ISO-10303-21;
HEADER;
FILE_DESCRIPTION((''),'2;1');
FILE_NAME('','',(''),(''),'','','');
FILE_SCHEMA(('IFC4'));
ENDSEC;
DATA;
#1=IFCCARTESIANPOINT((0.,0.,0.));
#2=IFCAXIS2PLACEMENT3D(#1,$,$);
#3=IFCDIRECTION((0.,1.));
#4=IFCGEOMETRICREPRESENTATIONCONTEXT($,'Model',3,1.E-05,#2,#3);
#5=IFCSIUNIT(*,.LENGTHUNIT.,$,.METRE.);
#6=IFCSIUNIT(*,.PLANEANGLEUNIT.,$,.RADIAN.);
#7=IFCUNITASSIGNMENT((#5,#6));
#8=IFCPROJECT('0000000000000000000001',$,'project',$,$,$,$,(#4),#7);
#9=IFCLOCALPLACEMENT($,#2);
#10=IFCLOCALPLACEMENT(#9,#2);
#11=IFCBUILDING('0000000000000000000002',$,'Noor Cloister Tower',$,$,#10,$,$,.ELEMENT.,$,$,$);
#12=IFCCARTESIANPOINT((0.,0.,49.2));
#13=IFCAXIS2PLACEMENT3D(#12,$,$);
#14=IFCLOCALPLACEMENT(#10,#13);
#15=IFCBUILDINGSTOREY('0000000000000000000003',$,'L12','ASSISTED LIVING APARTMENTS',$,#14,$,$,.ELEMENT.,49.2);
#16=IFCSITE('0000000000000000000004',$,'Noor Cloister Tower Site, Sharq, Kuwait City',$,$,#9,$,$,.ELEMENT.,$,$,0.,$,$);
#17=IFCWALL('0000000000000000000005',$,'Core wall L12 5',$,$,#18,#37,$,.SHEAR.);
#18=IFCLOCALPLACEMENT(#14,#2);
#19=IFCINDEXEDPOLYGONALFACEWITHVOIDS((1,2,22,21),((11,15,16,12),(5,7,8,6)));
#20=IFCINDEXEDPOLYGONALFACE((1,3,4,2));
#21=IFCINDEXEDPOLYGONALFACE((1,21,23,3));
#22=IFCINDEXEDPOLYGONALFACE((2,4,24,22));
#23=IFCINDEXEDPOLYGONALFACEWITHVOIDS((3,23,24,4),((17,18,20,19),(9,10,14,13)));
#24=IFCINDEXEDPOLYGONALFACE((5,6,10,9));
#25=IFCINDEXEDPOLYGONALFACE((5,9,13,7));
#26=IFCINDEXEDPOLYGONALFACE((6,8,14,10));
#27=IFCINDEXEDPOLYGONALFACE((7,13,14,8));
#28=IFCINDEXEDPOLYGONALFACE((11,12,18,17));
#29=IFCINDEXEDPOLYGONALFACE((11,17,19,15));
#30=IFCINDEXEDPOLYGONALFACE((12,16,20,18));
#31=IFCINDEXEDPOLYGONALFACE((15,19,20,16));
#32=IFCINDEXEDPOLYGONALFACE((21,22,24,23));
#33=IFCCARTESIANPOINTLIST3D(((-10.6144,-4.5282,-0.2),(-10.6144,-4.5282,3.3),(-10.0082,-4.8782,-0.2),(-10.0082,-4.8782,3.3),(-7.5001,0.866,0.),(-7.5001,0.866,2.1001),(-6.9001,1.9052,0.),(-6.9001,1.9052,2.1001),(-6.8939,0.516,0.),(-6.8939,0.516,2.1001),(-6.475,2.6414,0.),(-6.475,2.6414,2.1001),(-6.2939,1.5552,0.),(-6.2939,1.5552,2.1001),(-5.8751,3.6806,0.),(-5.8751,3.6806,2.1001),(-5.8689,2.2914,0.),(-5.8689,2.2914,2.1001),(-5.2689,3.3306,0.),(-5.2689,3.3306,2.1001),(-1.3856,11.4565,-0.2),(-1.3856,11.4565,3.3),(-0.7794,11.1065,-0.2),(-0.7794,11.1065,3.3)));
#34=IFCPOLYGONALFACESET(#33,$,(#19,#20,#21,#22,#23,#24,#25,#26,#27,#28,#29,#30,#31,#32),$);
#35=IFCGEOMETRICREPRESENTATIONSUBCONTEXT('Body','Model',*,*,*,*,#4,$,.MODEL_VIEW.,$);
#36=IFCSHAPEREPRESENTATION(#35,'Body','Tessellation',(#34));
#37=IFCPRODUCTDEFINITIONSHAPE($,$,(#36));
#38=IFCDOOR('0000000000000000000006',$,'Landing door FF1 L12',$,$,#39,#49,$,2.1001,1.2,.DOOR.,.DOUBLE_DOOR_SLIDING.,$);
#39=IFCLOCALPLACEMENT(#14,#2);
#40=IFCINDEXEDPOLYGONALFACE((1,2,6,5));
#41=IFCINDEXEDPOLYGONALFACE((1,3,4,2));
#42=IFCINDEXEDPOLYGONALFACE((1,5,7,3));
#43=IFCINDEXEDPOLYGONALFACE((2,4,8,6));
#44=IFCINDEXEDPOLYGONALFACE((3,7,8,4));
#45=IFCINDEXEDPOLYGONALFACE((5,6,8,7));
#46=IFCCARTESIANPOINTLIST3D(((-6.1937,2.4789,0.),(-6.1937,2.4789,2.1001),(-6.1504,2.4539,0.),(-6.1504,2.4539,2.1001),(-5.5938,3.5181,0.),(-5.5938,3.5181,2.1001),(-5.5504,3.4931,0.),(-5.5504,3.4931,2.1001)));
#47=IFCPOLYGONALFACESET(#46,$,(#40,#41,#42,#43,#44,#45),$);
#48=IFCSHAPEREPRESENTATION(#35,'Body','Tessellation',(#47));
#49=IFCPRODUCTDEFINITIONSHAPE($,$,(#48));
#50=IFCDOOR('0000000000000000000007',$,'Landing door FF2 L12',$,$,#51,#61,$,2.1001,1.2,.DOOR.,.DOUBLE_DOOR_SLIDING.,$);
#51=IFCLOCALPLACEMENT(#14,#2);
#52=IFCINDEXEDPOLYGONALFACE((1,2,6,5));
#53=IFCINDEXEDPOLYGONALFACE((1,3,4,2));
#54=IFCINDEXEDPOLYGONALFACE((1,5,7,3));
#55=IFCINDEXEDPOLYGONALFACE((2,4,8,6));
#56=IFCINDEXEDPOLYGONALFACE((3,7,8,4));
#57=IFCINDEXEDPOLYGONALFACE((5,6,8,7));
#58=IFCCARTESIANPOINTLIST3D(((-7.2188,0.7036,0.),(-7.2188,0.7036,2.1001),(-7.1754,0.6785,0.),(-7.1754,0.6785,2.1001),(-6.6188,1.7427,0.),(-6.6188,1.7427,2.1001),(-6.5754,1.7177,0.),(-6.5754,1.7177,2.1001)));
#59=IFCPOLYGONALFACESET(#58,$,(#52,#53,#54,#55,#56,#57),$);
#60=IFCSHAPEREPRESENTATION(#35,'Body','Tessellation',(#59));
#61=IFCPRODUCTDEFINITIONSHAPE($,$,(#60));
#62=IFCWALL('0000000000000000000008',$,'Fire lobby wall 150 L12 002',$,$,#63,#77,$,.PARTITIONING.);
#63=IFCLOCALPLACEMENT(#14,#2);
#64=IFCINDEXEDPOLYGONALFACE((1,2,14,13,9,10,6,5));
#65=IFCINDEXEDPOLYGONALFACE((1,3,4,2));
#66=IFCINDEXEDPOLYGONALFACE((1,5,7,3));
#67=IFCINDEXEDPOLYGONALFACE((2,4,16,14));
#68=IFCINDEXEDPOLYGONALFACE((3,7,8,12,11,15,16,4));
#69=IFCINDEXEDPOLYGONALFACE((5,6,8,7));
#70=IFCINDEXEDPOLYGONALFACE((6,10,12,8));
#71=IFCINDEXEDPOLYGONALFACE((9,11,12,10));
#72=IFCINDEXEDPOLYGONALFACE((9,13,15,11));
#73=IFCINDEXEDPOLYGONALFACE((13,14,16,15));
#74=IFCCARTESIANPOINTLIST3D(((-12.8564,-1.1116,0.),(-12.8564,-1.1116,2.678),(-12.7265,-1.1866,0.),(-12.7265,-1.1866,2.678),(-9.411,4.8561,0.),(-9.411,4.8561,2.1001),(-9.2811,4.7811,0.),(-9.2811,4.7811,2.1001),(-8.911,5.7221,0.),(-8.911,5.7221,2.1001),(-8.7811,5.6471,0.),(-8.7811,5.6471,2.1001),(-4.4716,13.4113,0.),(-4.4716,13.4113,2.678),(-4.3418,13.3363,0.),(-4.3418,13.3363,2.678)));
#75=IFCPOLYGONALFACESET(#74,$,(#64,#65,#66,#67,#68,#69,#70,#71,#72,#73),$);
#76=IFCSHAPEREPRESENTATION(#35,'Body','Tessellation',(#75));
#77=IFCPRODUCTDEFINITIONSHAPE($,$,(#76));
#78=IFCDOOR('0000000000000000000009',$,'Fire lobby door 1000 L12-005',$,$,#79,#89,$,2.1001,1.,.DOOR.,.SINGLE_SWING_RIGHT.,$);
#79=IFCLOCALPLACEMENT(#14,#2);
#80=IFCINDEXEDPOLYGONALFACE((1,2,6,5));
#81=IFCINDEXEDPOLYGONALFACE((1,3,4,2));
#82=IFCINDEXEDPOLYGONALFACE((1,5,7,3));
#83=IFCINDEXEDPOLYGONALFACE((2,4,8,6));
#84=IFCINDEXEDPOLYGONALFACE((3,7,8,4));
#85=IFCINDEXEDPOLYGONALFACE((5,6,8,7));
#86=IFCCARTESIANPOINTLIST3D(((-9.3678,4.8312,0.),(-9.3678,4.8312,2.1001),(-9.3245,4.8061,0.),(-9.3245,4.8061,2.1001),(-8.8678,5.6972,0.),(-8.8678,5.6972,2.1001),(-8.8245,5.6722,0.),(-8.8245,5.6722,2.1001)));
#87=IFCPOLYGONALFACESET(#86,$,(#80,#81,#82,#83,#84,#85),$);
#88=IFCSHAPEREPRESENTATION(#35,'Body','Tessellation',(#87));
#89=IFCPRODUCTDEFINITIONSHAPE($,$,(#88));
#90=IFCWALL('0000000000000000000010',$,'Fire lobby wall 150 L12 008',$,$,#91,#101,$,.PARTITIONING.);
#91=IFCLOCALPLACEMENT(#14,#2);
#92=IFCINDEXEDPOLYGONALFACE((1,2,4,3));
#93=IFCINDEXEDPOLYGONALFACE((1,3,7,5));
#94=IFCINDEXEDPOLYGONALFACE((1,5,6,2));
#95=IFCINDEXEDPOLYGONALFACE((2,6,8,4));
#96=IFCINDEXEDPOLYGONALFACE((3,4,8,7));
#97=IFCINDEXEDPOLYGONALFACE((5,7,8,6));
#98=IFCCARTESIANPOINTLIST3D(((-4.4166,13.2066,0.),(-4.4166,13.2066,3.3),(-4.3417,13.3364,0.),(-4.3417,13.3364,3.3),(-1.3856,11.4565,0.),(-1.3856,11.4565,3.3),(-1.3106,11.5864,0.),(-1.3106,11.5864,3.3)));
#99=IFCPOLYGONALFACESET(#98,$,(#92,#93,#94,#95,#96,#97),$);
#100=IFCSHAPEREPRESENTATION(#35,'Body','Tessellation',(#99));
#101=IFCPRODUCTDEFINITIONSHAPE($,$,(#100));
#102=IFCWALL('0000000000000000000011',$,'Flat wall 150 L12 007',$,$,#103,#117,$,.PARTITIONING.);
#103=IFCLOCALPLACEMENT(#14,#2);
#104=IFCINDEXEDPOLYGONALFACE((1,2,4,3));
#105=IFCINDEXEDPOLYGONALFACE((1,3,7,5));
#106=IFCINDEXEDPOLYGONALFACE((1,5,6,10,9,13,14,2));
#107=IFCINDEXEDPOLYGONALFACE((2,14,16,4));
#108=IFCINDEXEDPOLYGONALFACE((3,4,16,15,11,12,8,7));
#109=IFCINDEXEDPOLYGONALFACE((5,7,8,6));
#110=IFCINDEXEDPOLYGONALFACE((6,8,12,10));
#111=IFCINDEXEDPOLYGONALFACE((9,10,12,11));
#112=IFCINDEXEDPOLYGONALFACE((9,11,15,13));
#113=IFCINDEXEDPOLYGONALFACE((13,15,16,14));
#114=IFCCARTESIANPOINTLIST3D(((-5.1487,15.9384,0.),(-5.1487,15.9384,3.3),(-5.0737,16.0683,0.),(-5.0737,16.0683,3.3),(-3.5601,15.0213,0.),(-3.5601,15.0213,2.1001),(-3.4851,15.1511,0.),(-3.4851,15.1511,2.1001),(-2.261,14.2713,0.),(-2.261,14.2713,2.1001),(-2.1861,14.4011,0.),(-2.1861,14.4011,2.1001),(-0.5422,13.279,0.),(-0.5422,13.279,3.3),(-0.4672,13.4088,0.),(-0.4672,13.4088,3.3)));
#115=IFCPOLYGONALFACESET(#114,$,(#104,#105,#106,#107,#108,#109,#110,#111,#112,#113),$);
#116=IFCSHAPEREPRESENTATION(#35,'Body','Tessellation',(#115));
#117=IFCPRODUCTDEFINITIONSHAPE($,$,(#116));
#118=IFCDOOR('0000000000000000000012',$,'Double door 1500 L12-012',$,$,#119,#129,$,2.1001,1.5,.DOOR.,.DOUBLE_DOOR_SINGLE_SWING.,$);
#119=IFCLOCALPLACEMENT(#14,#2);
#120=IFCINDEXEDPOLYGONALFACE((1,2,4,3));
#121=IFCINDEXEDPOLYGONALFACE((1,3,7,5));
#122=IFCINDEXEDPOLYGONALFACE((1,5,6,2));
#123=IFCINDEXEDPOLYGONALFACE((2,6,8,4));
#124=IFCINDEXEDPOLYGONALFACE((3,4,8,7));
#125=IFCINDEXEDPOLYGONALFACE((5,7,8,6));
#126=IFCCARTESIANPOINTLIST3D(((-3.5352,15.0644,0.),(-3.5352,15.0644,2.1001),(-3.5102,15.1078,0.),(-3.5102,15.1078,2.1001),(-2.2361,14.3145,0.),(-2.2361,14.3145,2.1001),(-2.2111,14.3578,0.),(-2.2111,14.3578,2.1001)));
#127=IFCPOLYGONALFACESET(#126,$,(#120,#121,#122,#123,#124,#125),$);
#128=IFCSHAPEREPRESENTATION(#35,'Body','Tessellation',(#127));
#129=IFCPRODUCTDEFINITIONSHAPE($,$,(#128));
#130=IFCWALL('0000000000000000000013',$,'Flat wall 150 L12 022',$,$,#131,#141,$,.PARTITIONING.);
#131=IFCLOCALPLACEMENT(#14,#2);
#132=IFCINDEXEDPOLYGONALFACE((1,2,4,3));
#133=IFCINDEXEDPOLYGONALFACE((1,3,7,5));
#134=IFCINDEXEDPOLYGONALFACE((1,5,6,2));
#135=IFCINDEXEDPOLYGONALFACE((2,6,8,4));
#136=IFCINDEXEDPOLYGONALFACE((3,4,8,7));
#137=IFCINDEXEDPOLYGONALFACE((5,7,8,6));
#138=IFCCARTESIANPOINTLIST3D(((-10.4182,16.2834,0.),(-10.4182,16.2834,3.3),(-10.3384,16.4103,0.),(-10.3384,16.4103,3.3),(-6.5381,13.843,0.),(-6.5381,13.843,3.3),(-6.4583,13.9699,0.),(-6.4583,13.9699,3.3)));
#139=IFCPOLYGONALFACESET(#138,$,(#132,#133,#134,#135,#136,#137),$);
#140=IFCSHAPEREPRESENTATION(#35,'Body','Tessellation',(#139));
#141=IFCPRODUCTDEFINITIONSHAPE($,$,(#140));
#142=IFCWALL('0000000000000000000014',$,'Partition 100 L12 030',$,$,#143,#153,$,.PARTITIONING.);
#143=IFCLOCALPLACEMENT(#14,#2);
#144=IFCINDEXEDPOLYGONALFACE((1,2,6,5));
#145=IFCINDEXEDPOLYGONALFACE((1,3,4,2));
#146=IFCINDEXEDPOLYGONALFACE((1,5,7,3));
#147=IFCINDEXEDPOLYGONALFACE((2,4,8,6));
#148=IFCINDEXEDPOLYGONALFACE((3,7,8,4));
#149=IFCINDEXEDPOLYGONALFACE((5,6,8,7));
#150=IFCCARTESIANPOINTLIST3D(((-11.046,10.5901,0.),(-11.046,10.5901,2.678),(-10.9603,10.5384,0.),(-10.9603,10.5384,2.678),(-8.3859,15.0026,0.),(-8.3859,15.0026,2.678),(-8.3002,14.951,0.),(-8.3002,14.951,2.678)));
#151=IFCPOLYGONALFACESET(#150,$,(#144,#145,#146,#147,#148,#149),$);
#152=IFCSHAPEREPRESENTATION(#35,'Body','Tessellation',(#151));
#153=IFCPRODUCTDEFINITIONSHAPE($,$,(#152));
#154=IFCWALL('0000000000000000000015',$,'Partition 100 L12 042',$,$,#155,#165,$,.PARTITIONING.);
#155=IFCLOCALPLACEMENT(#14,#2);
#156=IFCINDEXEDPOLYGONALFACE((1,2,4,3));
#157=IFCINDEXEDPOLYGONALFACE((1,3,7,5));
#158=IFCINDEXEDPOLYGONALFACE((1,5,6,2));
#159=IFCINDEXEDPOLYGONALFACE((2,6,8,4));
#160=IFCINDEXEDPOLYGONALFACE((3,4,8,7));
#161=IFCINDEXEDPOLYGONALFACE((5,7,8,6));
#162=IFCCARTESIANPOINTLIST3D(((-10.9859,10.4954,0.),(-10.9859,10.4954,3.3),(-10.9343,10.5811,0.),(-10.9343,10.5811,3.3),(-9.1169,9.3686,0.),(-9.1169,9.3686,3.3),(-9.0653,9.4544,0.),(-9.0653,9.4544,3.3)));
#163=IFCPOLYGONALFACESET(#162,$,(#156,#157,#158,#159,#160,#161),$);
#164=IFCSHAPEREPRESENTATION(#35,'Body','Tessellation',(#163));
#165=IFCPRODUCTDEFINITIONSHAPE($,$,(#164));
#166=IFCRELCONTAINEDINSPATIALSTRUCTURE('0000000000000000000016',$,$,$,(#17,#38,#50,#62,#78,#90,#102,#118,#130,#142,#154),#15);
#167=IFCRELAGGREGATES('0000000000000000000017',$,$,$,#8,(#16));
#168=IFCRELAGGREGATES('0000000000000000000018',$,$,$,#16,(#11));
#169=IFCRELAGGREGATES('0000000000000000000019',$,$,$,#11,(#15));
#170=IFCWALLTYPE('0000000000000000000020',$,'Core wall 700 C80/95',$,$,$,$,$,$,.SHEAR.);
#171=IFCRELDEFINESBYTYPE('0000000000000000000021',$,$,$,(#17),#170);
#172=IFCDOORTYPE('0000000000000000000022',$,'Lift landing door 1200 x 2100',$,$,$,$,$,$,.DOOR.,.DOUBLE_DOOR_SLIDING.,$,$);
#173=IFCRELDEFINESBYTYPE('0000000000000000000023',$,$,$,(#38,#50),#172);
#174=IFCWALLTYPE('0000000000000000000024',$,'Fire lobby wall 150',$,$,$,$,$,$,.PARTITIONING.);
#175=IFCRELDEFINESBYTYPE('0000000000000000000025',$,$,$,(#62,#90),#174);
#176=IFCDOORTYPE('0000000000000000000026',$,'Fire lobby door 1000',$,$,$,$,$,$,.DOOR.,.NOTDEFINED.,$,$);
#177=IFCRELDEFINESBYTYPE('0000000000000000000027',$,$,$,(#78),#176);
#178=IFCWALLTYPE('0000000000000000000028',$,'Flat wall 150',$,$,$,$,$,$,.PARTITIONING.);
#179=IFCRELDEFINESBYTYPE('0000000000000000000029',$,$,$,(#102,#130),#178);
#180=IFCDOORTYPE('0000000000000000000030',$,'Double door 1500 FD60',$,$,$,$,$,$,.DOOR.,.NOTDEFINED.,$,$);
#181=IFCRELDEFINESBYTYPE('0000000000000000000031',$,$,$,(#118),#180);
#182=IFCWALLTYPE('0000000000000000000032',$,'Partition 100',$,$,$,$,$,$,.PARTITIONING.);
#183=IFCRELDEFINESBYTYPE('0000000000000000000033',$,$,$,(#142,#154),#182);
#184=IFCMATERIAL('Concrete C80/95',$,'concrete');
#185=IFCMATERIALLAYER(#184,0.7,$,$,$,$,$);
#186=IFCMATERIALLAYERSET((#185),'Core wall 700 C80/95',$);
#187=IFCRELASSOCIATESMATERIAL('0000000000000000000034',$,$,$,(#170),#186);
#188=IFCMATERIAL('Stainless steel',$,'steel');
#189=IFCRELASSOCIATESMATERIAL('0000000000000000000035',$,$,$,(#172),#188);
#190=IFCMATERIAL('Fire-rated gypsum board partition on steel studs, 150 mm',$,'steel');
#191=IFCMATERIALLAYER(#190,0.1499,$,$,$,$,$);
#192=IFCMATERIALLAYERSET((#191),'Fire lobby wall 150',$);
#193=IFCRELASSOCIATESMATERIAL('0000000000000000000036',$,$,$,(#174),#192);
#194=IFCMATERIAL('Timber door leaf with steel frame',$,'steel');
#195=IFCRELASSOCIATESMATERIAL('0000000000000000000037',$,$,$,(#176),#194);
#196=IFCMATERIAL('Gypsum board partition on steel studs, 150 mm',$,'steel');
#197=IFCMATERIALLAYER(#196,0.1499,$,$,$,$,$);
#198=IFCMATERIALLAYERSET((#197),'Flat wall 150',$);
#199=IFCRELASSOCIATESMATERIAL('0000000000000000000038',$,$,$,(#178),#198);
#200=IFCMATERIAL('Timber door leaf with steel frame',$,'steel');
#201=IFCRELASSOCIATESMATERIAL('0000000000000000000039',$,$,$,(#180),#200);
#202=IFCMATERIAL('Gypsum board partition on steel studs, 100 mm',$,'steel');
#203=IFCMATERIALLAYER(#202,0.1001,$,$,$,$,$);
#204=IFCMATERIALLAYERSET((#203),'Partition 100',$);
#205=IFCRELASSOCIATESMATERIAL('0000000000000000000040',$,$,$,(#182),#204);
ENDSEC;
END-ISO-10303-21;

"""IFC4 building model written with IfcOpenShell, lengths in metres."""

from ifc_helpers import new_model, si_unit, direction, frame, frame_2d, origin, place, context, subcontext, project, spatial, rectangle, extrude, material, layer, layer_set, type_object, element, fill, save


model = new_model("IFC4")

# Units and contexts
model_context = context("Model", 3, precision=1e-05, world=origin(), true_north=direction((0.0, 1.0)))
body_context = subcontext(model_context, "Body", "Model", "MODEL_VIEW")
ifc_project = project(units=[si_unit("LENGTHUNIT", "METRE"), si_unit("PLANEANGLEUNIT", "RADIAN")], contexts=[model_context])

# Site, building, storey
site_placement = place(None, origin())
site = spatial("IfcSite", under=ifc_project, at=site_placement, Name="Noor Cloister Tower Site, Sharq, Kuwait City", CompositionType="ELEMENT", RefElevation=0.0)
building_placement = place(site_placement, origin())
building = spatial("IfcBuilding", under=site, at=building_placement, Name="Noor Cloister Tower", CompositionType="ELEMENT")
storey_placement = place(building_placement, frame((0.0, 0.0, 49.2)))
storey = spatial("IfcBuildingStorey", under=building, at=storey_placement, Name="L12", Description="ASSISTED LIVING APARTMENTS", CompositionType="ELEMENT", Elevation=49.2)

# Wall, openings, doors
ifc_material_1 = material(Name="Concrete C80/95", Category="concrete")
ifc_layer_1 = layer(ifc_material_1, 0.7)
ifc_layer_set_1 = layer_set([ifc_layer_1], Name="Core wall 700 C80/95")
wall_type_1 = type_object("IfcWallType", Name="Core wall 700 C80/95", PredefinedType="SHEAR", material=ifc_layer_set_1)
wall_1_placement = place(storey_placement, frame((-1.0825, 11.2815, -0.2), z_axis=(0.0, 0.0, 1.0), x_axis=(-0.500001, -0.866025, 0.0)))
wall_1 = element("IfcWall", 1, at=wall_1_placement, inside=storey, type_object=wall_type_1, Name="Core wall L12 5", PredefinedType="SHEAR", context=body_context, shape_type="SweptSolid", body=[
    extrude(rectangle(XDim=18.4575, YDim=0.7, at=frame_2d((9.2288, 0.0))), origin(), (0.0, 0.0, 1.0), 3.5),
])
opening_1_placement = place(wall_1_placement, frame((8.9788, 0.0, 0.2)))
opening_1 = element("IfcOpeningElement", 2, at=opening_1_placement, cuts=wall_1, PredefinedType="OPENING", context=body_context, shape_type="SweptSolid", body=[
    extrude(rectangle(XDim=1.2, YDim=2.1001, at=frame_2d((0.6001, 1.05))), frame((0.0, 0.3599, 0.0), z_axis=(0.0, -1.0, 0.0), x_axis=(1.0, 0.0, 0.0)), (0.0, 0.0, 1.0), 0.72),
])
opening_2_placement = place(wall_1_placement, frame((11.0288, 0.0, 0.2)))
opening_2 = element("IfcOpeningElement", 3, at=opening_2_placement, cuts=wall_1, PredefinedType="OPENING", context=body_context, shape_type="SweptSolid", body=[
    extrude(rectangle(XDim=1.2, YDim=2.1001, at=frame_2d((0.6001, 1.05))), frame((0.0, 0.3599, 0.0), z_axis=(0.0, -1.0, 0.0), x_axis=(1.0, 0.0, 0.0)), (0.0, 0.0, 1.0), 0.72),
])
ifc_material_2 = material(Name="Stainless steel", Category="steel")
door_type_1 = type_object("IfcDoorType", Name="Lift landing door 1200 x 2100", OperationType="DOUBLE_DOOR_SLIDING", PredefinedType="DOOR", material=ifc_material_2)
door_1_placement = place(opening_1_placement, origin())
door_1 = element("IfcDoor", 4, at=door_1_placement, inside=storey, type_object=door_type_1, Name="Landing door FF1 L12", OperationType="DOUBLE_DOOR_SLIDING", OverallHeight=2.1001, OverallWidth=1.2, PredefinedType="DOOR", context=body_context, shape_type="SweptSolid", body=[
    extrude(rectangle(XDim=1.2, YDim=2.1001, at=frame_2d((0.6001, 1.05))), frame((0.0, 0.0249, 0.0), z_axis=(0.0, -1.0, 0.0), x_axis=(1.0, 0.0, 0.0)), (0.0, 0.0, 1.0), 0.05),
])
fill(opening_1, door_1)
door_2_placement = place(opening_2_placement, origin())
door_2 = element("IfcDoor", 5, at=door_2_placement, inside=storey, type_object=door_type_1, Name="Landing door FF2 L12", OperationType="DOUBLE_DOOR_SLIDING", OverallHeight=2.1001, OverallWidth=1.2, PredefinedType="DOOR", context=body_context, shape_type="SweptSolid", body=[
    extrude(rectangle(XDim=1.2, YDim=2.1001, at=frame_2d((0.6001, 1.05))), frame((0.0, 0.0249, 0.0), z_axis=(0.0, -1.0, 0.0), x_axis=(1.0, 0.0, 0.0)), (0.0, 0.0, 1.0), 0.05),
])
fill(opening_2, door_2)

# Wall, opening, door
ifc_material_3 = material(Name="Fire-rated gypsum board partition on steel studs, 150 mm", Category="steel")
ifc_layer_2 = layer(ifc_material_3, 0.1499)
ifc_layer_set_2 = layer_set([ifc_layer_2], Name="Fire lobby wall 150")
wall_type_2 = type_object("IfcWallType", Name="Fire lobby wall 150", PredefinedType="PARTITIONING", material=ifc_layer_set_2)
wall_2_placement = place(storey_placement, frame((-4.4067, 13.3738, 0.0), z_axis=(0.0, 0.0, 1.0), x_axis=(-0.499997, -0.866027, 0.0)))
wall_2 = element("IfcWall", 6, at=wall_2_placement, inside=storey, type_object=wall_type_2, Name="Fire lobby wall 150 L12 002", PredefinedType="PARTITIONING", context=body_context, shape_type="SweptSolid", body=[
    extrude(rectangle(XDim=16.7695, YDim=0.1499, at=frame_2d((8.3848, 0.0))), origin(), (0.0, 0.0, 1.0), 2.678),
])
opening_3_placement = place(wall_2_placement, frame((8.8787, 0.0, 0.0)))
opening_3 = element("IfcOpeningElement", 7, at=opening_3_placement, cuts=wall_2, PredefinedType="OPENING", context=body_context, shape_type="SweptSolid", body=[
    extrude(rectangle(XDim=1.0, YDim=2.1001, at=frame_2d((0.5, 1.05))), frame((0.0, 0.085, 0.0), z_axis=(0.0, -1.0, 0.0), x_axis=(1.0, 0.0, 0.0)), (0.0, 0.0, 1.0), 0.1699),
])
ifc_material_4 = material(Name="Timber door leaf with steel frame", Category="steel")
door_type_2 = type_object("IfcDoorType", Name="Fire lobby door 1000", OperationType="NOTDEFINED", PredefinedType="DOOR", material=ifc_material_4)
door_3_placement = place(opening_3_placement, origin())
door_3 = element("IfcDoor", 8, at=door_3_placement, inside=storey, type_object=door_type_2, Name="Fire lobby door 1000 L12-005", OperationType="SINGLE_SWING_RIGHT", OverallHeight=2.1001, OverallWidth=1.0, PredefinedType="DOOR", context=body_context, shape_type="SweptSolid", body=[
    extrude(rectangle(XDim=1.0, YDim=2.1001, at=frame_2d((0.5, 1.05))), frame((0.0, 0.0249, 0.0), z_axis=(0.0, -1.0, 0.0), x_axis=(1.0, 0.0, 0.0)), (0.0, 0.0, 1.0), 0.05),
])
fill(opening_3, door_3)

# Wall
wall_3_placement = place(storey_placement, frame((-4.3792, 13.2715, 0.0), z_axis=(0.0, 0.0, 1.0), x_axis=(0.866019, -0.50001, 0.0)))
element("IfcWall", 9, at=wall_3_placement, inside=storey, type_object=wall_type_2, Name="Fire lobby wall 150 L12 008", PredefinedType="PARTITIONING", context=body_context, shape_type="SweptSolid", body=[
    extrude(rectangle(XDim=3.5, YDim=0.1499, at=frame_2d((1.75, 0.0))), origin(), (0.0, 0.0, 1.0), 3.3),
])

# Wall, opening, door
ifc_material_5 = material(Name="Gypsum board partition on steel studs, 150 mm", Category="steel")
ifc_layer_3 = layer(ifc_material_5, 0.1499)
ifc_layer_set_3 = layer_set([ifc_layer_3], Name="Flat wall 150")
wall_type_3 = type_object("IfcWallType", Name="Flat wall 150", PredefinedType="PARTITIONING", material=ifc_layer_set_3)
wall_4_placement = place(storey_placement, frame((-5.1113, 16.0034, 0.0), z_axis=(0.0, 0.0, 1.0), x_axis=(0.866034, -0.499985, 0.0)))
wall_4 = element("IfcWall", 10, at=wall_4_placement, inside=storey, type_object=wall_type_3, Name="Flat wall 150 L12 007", PredefinedType="PARTITIONING", context=body_context, shape_type="SweptSolid", body=[
    extrude(rectangle(XDim=5.3191, YDim=0.1499, at=frame_2d((2.6597, 0.0))), origin(), (0.0, 0.0, 1.0), 3.3),
])
opening_4_placement = place(wall_4_placement, frame((1.8345, 0.0, 0.0)))
opening_4 = element("IfcOpeningElement", 11, at=opening_4_placement, cuts=wall_4, PredefinedType="OPENING", context=body_context, shape_type="SweptSolid", body=[
    extrude(rectangle(XDim=1.5, YDim=2.1001, at=frame_2d((0.75, 1.05))), frame((0.0, 0.085, 0.0), z_axis=(0.0, -1.0, 0.0), x_axis=(1.0, 0.0, 0.0)), (0.0, 0.0, 1.0), 0.1699),
])
ifc_material_6 = material(Name="Timber door leaf with steel frame", Category="steel")
door_type_3 = type_object("IfcDoorType", Name="Double door 1500 FD60", OperationType="NOTDEFINED", PredefinedType="DOOR", material=ifc_material_6)
door_4_placement = place(opening_4_placement, origin())
door_4 = element("IfcDoor", 12, at=door_4_placement, inside=storey, type_object=door_type_3, Name="Double door 1500 L12-012", OperationType="DOUBLE_DOOR_SINGLE_SWING", OverallHeight=2.1001, OverallWidth=1.5, PredefinedType="DOOR", context=body_context, shape_type="SweptSolid", body=[
    extrude(rectangle(XDim=1.5, YDim=2.1001, at=frame_2d((0.75, 1.05))), frame((0.0, 0.0249, 0.0), z_axis=(0.0, -1.0, 0.0), x_axis=(1.0, 0.0, 0.0)), (0.0, 0.0, 1.0), 0.05),
])
fill(opening_4, door_4)

# Walls
wall_5_placement = place(storey_placement, frame((-10.3784, 16.3469, 0.0), z_axis=(0.0, 0.0, 1.0), x_axis=(0.84649, -0.532405, 0.0)))
element("IfcWall", 13, at=wall_5_placement, inside=storey, type_object=wall_type_3, Name="Flat wall 150 L12 022", PredefinedType="PARTITIONING", context=body_context, shape_type="SweptSolid", body=[
    extrude(rectangle(XDim=4.5837, YDim=0.1499, at=frame_2d((2.292, 0.0))), origin(), (0.0, 0.0, 1.0), 3.3),
])
ifc_material_7 = material(Name="Gypsum board partition on steel studs, 100 mm", Category="steel")
ifc_layer_4 = layer(ifc_material_7, 0.1001)
ifc_layer_set_4 = layer_set([ifc_layer_4], Name="Partition 100")
wall_type_4 = type_object("IfcWallType", Name="Partition 100", PredefinedType="PARTITIONING", material=ifc_layer_set_4)
wall_6_placement = place(storey_placement, frame((-8.343, 14.9768, 0.0), z_axis=(0.0, 0.0, 1.0), x_axis=(-0.516292, -0.856412, 0.0)))
element("IfcWall", 14, at=wall_6_placement, inside=storey, type_object=wall_type_4, Name="Partition 100 L12 030", PredefinedType="PARTITIONING", context=body_context, shape_type="SweptSolid", body=[
    extrude(rectangle(XDim=5.1523, YDim=0.1001, at=frame_2d((2.5762, 0.0))), origin(), (0.0, 0.0, 1.0), 2.678),
])
wall_7_placement = place(storey_placement, frame((-10.9602, 10.5383, 0.0), z_axis=(0.0, 0.0, 1.0), x_axis=(0.856405, -0.516304, 0.0)))
element("IfcWall", 15, at=wall_7_placement, inside=storey, type_object=wall_type_4, Name="Partition 100 L12 042", PredefinedType="PARTITIONING", context=body_context, shape_type="SweptSolid", body=[
    extrude(rectangle(XDim=2.1824, YDim=0.1001, at=frame_2d((1.0913, 0.0))), origin(), (0.0, 0.0, 1.0), 3.3),
])

save(model, "model.ifc")
